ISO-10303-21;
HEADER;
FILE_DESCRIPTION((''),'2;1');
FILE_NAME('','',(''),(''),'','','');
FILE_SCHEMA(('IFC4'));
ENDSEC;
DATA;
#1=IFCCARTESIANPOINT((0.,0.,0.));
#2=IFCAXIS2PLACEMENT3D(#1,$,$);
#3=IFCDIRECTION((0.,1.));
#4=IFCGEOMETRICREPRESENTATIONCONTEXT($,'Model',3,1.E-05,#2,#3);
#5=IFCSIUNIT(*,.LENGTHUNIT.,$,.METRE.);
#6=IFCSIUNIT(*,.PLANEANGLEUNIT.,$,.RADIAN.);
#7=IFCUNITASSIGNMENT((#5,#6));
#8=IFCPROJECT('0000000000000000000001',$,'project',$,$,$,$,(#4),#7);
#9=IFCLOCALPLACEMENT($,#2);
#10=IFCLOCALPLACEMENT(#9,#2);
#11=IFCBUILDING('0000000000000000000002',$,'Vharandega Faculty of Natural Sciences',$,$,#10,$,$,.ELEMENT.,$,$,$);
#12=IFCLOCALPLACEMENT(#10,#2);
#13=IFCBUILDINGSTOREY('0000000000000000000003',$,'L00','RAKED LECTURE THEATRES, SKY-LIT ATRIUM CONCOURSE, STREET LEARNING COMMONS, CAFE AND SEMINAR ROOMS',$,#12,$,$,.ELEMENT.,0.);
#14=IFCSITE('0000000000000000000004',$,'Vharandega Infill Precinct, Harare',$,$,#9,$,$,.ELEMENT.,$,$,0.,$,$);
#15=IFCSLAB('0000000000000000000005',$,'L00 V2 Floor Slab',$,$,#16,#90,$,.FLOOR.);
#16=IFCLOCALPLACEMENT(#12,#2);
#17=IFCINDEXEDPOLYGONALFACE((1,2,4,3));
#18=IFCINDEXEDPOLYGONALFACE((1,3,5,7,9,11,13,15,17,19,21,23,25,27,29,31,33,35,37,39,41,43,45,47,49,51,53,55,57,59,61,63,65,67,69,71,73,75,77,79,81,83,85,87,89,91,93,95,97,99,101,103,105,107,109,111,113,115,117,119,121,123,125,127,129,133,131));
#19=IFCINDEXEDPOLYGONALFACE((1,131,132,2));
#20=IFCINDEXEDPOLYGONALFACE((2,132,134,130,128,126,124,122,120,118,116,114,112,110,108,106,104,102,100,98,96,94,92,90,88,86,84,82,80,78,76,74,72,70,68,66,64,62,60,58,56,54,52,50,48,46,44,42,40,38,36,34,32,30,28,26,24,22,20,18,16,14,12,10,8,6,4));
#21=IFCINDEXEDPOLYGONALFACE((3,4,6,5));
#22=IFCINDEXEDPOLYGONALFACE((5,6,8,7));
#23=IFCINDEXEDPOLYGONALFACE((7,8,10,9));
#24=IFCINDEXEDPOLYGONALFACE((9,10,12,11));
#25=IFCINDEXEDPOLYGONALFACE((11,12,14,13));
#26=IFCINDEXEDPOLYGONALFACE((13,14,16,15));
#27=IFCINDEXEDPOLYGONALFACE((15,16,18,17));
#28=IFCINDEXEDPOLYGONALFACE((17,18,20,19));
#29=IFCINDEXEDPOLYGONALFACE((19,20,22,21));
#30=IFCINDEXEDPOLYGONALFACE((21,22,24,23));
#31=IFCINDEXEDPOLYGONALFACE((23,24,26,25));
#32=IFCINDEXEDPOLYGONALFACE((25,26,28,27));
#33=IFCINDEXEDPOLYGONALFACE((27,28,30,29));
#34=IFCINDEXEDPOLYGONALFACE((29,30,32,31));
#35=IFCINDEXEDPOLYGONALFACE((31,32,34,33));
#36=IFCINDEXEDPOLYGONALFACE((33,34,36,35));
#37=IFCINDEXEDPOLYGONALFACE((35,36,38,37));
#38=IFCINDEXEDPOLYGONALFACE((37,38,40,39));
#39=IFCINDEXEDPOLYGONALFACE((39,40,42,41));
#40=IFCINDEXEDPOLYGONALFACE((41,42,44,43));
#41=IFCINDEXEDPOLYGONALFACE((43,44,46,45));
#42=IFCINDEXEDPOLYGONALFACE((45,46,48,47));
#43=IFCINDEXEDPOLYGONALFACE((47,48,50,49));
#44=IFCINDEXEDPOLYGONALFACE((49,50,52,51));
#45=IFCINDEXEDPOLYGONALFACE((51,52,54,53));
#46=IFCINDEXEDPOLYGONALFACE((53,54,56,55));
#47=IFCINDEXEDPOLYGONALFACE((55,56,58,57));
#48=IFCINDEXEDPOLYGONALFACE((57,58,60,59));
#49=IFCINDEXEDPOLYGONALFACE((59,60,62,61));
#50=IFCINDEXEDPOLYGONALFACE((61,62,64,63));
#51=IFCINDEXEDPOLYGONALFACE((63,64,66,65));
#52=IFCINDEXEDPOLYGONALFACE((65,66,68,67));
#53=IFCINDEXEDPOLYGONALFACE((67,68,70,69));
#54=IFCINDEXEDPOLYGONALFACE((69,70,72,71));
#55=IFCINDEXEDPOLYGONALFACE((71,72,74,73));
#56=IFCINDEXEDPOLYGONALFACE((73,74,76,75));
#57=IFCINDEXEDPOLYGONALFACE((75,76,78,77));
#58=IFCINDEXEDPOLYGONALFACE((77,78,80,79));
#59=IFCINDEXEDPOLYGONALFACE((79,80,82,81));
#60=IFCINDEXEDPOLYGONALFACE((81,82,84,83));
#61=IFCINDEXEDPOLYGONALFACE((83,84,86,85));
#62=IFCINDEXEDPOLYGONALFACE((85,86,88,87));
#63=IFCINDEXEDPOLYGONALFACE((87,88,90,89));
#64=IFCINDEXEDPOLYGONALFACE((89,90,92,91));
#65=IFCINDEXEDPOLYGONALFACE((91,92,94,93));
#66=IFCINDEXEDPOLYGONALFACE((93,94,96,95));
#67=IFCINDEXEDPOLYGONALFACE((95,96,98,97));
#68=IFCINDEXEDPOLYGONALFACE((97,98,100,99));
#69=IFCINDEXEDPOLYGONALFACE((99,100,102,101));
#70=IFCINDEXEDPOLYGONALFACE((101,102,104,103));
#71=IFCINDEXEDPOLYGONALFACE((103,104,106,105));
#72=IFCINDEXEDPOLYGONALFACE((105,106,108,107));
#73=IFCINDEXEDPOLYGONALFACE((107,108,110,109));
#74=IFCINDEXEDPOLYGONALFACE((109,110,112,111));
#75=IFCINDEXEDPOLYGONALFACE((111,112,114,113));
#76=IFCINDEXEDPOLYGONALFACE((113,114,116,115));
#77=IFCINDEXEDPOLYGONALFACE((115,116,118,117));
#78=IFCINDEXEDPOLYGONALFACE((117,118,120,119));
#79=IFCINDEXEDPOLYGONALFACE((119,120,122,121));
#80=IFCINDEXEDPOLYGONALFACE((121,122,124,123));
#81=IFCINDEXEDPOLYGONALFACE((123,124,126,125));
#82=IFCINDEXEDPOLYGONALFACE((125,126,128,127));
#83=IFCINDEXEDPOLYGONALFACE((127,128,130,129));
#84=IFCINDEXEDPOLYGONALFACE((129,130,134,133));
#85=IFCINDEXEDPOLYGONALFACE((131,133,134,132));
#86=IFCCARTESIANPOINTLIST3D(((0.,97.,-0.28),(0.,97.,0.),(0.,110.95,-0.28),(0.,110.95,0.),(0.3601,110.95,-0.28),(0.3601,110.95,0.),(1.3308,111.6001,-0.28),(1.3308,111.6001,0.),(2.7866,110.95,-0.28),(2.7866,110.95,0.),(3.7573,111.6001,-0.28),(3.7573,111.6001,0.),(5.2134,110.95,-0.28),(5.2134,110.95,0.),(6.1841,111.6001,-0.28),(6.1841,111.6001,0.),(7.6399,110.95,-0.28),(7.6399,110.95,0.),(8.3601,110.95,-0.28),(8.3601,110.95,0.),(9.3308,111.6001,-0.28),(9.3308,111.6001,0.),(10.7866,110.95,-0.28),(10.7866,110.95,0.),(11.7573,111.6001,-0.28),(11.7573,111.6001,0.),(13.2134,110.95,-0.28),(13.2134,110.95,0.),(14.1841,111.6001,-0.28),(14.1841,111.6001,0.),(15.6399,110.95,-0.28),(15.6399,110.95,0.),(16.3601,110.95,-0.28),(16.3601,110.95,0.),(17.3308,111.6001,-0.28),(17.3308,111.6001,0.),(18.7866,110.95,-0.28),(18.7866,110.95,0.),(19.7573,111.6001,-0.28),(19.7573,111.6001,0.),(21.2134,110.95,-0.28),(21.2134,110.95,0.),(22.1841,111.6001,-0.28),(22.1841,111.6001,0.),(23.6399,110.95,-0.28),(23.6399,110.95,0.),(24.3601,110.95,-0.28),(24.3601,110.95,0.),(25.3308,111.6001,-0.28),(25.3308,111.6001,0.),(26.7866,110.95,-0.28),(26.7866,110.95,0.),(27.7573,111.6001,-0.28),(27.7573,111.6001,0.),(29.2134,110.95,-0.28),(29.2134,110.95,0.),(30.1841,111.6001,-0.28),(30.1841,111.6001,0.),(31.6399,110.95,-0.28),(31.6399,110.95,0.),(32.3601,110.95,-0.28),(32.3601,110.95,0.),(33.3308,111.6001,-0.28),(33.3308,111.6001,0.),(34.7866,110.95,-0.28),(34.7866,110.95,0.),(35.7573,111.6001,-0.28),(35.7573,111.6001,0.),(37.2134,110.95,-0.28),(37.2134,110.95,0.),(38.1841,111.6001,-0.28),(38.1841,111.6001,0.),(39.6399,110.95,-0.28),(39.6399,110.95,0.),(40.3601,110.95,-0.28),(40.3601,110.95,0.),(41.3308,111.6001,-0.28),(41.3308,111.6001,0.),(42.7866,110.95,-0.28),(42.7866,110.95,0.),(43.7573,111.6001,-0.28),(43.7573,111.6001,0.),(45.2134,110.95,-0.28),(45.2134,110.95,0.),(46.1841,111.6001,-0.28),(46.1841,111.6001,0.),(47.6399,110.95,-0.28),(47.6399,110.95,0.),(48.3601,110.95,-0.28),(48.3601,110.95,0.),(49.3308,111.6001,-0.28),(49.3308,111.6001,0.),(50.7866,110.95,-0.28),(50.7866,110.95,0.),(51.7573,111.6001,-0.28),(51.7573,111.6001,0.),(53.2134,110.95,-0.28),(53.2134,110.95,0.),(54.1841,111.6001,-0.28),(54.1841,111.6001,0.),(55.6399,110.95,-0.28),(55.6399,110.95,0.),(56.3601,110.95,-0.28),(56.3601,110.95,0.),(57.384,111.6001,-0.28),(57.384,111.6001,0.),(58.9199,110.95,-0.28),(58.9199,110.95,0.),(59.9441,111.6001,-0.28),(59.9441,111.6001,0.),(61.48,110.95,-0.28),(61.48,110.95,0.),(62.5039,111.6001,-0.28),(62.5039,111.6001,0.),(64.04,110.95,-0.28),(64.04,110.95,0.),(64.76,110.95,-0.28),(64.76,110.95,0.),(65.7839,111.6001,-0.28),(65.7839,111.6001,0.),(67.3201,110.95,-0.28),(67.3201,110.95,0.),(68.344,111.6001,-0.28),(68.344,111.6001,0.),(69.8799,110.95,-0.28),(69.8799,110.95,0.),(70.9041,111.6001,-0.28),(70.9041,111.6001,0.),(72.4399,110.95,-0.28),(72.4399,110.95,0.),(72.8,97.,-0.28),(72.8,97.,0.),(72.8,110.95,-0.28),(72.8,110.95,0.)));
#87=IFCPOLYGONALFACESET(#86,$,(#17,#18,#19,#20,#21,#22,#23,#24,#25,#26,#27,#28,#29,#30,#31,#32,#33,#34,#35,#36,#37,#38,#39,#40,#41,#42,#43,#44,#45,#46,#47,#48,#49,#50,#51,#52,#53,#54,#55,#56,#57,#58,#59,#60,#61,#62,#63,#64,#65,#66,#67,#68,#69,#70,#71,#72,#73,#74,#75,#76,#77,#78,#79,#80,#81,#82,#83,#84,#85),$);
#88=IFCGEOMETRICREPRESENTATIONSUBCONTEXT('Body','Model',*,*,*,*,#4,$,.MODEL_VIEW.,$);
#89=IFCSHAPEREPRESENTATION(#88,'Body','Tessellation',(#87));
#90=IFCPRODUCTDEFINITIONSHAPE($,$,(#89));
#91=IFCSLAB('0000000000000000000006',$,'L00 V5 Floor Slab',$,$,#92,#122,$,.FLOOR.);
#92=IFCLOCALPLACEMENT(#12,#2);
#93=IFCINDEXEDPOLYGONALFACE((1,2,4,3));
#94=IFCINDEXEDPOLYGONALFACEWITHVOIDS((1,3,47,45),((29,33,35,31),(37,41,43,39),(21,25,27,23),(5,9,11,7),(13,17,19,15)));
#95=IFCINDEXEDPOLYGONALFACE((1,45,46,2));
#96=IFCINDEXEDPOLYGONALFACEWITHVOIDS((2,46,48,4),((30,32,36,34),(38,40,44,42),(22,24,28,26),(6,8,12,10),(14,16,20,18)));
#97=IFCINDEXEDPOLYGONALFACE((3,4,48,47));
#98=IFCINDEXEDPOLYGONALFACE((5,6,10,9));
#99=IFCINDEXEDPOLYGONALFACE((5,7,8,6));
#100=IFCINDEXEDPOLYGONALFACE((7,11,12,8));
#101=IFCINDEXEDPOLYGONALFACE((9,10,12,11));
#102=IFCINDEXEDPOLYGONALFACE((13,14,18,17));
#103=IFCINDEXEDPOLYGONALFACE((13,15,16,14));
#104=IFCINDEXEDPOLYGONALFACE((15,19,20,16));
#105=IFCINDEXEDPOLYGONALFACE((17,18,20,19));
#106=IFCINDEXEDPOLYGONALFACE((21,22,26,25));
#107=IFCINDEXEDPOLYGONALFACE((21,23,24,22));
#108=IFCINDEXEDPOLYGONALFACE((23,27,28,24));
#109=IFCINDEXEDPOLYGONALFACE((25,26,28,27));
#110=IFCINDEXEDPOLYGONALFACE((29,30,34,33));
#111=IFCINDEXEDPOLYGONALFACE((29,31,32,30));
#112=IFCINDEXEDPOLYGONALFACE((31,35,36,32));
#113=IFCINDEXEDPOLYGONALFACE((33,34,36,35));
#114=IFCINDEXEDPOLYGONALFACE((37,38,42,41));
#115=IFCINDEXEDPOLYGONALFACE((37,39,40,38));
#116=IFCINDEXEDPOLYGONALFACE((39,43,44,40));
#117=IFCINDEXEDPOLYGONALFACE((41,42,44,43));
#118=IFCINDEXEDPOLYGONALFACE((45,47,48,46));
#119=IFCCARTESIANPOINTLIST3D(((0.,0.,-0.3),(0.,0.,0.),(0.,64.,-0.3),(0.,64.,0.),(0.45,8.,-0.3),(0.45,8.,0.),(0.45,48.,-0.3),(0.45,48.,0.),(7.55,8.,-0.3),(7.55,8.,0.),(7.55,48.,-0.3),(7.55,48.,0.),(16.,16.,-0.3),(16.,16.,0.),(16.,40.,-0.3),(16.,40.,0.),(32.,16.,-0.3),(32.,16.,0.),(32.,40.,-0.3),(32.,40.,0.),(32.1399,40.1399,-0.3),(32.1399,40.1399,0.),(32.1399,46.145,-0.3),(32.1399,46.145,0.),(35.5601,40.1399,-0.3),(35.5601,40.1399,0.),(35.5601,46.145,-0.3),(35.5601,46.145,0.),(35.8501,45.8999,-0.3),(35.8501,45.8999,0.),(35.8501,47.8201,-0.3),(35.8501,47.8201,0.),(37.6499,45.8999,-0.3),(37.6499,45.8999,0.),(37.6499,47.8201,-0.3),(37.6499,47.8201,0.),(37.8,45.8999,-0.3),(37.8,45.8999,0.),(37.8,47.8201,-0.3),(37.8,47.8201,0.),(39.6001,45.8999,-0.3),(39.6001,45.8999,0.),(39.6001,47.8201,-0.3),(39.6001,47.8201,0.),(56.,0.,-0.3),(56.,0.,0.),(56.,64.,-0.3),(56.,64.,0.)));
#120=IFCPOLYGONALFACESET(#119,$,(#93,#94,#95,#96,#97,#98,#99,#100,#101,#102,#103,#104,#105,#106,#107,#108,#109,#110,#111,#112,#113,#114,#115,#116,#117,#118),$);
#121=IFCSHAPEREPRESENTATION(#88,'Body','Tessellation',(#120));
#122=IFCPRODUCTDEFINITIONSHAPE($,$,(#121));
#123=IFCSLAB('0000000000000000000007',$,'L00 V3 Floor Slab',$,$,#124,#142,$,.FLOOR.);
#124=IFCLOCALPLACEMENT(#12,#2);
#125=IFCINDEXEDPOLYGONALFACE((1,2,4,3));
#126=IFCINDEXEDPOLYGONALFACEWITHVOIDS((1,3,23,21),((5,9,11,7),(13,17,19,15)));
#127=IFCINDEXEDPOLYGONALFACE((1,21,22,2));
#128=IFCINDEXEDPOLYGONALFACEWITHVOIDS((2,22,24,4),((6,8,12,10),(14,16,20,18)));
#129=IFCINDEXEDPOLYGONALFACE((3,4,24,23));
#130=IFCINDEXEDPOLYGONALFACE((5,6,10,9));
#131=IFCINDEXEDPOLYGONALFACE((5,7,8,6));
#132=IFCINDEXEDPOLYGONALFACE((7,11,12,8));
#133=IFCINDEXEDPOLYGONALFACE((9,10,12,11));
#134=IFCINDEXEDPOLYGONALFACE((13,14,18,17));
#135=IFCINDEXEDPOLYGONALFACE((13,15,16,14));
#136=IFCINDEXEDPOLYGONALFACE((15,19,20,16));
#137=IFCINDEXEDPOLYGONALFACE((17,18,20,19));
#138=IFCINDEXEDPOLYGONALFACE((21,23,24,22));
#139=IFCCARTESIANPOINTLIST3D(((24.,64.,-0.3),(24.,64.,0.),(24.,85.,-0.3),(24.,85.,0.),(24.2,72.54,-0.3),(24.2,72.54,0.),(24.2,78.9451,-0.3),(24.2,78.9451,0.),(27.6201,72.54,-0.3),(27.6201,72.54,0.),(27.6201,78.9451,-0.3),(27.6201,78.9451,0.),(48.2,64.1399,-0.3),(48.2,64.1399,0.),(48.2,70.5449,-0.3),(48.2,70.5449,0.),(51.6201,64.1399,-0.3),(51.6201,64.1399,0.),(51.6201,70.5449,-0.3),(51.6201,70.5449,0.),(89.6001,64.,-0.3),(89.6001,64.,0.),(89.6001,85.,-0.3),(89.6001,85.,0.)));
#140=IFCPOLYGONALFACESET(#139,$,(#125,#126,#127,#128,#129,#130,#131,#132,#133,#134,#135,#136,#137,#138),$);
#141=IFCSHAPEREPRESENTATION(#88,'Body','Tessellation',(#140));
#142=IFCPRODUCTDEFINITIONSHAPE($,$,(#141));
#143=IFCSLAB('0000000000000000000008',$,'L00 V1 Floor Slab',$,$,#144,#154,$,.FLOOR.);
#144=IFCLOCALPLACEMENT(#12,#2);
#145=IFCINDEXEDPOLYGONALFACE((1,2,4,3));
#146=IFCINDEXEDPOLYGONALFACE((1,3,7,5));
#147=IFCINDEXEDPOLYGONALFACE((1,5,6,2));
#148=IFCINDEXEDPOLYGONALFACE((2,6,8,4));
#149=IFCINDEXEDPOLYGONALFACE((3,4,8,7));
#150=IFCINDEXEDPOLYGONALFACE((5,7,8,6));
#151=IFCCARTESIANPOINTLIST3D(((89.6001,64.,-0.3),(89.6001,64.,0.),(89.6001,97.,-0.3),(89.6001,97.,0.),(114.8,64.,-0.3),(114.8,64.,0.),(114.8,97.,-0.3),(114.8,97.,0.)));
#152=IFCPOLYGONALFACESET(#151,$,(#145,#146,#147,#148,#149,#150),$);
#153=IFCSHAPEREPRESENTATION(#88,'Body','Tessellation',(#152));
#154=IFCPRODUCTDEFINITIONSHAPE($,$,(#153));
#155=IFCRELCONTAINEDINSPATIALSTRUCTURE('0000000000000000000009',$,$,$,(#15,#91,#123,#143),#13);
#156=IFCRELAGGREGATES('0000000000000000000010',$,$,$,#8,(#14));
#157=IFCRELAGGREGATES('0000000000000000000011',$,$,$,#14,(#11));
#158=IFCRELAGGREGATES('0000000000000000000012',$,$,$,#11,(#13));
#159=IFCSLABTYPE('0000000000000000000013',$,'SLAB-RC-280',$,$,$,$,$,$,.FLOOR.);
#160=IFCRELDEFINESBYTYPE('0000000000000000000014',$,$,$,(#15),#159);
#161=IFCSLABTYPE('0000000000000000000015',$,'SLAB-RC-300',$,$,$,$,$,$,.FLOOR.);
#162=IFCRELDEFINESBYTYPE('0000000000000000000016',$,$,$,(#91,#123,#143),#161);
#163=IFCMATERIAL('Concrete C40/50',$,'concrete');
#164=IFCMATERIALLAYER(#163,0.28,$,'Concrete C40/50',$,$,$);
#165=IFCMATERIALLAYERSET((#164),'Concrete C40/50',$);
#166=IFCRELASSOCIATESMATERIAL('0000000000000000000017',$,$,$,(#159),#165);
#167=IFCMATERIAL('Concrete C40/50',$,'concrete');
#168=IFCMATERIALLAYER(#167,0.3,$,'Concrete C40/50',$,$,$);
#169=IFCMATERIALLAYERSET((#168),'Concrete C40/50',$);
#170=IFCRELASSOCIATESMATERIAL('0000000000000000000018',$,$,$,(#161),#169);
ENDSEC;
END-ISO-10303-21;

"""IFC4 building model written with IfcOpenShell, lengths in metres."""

from ifc_helpers import new_model, si_unit, direction, frame, origin, place, context, subcontext, project, spatial, polyline, outline, extrude, material, layer, layer_set, type_object, element, save


model = new_model("IFC4")

# Units and contexts
model_context = context("Model", 3, precision=1e-05, world=origin(), true_north=direction((0.0, 1.0)))
body_context = subcontext(model_context, "Body", "Model", "MODEL_VIEW")
ifc_project = project(units=[si_unit("LENGTHUNIT", "METRE"), si_unit("PLANEANGLEUNIT", "RADIAN")], contexts=[model_context])

# Site, building, storey
site_placement = place(None, origin())
site = spatial("IfcSite", under=ifc_project, at=site_placement, Name="Vharandega Infill Precinct, Harare", CompositionType="ELEMENT", RefElevation=0.0)
building_placement = place(site_placement, origin())
building = spatial("IfcBuilding", under=site, at=building_placement, Name="Vharandega Faculty of Natural Sciences", CompositionType="ELEMENT")
storey_placement = place(building_placement, origin())
storey = spatial("IfcBuildingStorey", under=building, at=storey_placement, Name="L00", Description="RAKED LECTURE THEATRES, SKY-LIT ATRIUM CONCOURSE, STREET LEARNING COMMONS, CAFE AND SEMINAR ROOMS", CompositionType="ELEMENT", Elevation=0.0)

# Slabs
ifc_material_1 = material(Name="Concrete C40/50", Category="concrete")
ifc_layer_1 = layer(ifc_material_1, 0.28, Name="Concrete C40/50")
ifc_layer_set_1 = layer_set([ifc_layer_1], Name="Concrete C40/50")
slab_type_1 = type_object("IfcSlabType", Name="SLAB-RC-280", PredefinedType="FLOOR", material=ifc_layer_set_1)
slab_1_placement = place(storey_placement, frame((0.0, 0.0, -0.28)))
element("IfcSlab", 1, at=slab_1_placement, inside=storey, type_object=slab_type_1, Name="L00 V2 Floor Slab", PredefinedType="FLOOR", context=body_context, shape_type="SweptSolid", body=[
    extrude(outline(polyline([(0.0, 97.0), (72.8, 97.0), (72.8, 110.95), (72.4399, 110.95), (70.9041, 111.6001), (69.8799, 110.95), (69.8799, 110.95), (68.344, 111.6001), (67.3201, 110.95), (67.3201, 110.95), (65.7839, 111.6001), (64.76, 110.95), (64.04, 110.95), (62.5039, 111.6001), (61.48, 110.95), (61.48, 110.95), (59.9441, 111.6001), (58.9199, 110.95), (58.9199, 110.95), (57.384, 111.6001), (56.3601, 110.95), (55.6399, 110.95), (54.1841, 111.6001), (53.2134, 110.95), (53.2134, 110.95), (51.7573, 111.6001), (50.7866, 110.95), (50.7866, 110.95), (49.3308, 111.6001), (48.3601, 110.95), (47.6399, 110.95), (46.1841, 111.6001), (45.2134, 110.95), (45.2134, 110.95), (43.7573, 111.6001), (42.7866, 110.95), (42.7866, 110.95), (41.3308, 111.6001), (40.3601, 110.95), (39.6399, 110.95), (38.1841, 111.6001), (37.2134, 110.95), (37.2134, 110.95), (35.7573, 111.6001), (34.7866, 110.95), (34.7866, 110.95), (33.3308, 111.6001), (32.3601, 110.95), (31.6399, 110.95), (30.1841, 111.6001), (29.2134, 110.95), (29.2134, 110.95), (27.7573, 111.6001), (26.7866, 110.95), (26.7866, 110.95), (25.3308, 111.6001), (24.3601, 110.95), (23.6399, 110.95), (22.1841, 111.6001), (21.2134, 110.95), (21.2134, 110.95), (19.7573, 111.6001), (18.7866, 110.95), (18.7866, 110.95), (17.3308, 111.6001), (16.3601, 110.95), (15.6399, 110.95), (14.1841, 111.6001), (13.2134, 110.95), (13.2134, 110.95), (11.7573, 111.6001), (10.7866, 110.95), (10.7866, 110.95), (9.3308, 111.6001), (8.3601, 110.95), (7.6399, 110.95), (6.1841, 111.6001), (5.2134, 110.95), (5.2134, 110.95), (3.7573, 111.6001), (2.7866, 110.95), (2.7866, 110.95), (1.3308, 111.6001), (0.3601, 110.95), (0.0, 110.95), (0.0, 97.0)])), origin(), (0.0, 0.0, 1.0), 0.28),
])
ifc_material_2 = material(Name="Concrete C40/50", Category="concrete")
ifc_layer_2 = layer(ifc_material_2, 0.3, Name="Concrete C40/50")
ifc_layer_set_2 = layer_set([ifc_layer_2], Name="Concrete C40/50")
slab_type_2 = type_object("IfcSlabType", Name="SLAB-RC-300", PredefinedType="FLOOR", material=ifc_layer_set_2)
slab_2_placement = place(storey_placement, frame((0.0, 0.0, -0.3)))
element("IfcSlab", 2, at=slab_2_placement, inside=storey, type_object=slab_type_2, Name="L00 V5 Floor Slab", PredefinedType="FLOOR", context=body_context, shape_type="SweptSolid", body=[
    extrude(outline(polyline([(0.0, 0.0), (56.0, 0.0), (56.0, 64.0), (0.0, 64.0), (0.0, 0.0)]), holes=[polyline([(16.0, 16.0), (32.0, 16.0), (32.0, 40.0), (16.0, 40.0), (16.0, 16.0)]), polyline([(0.45, 8.0), (7.55, 8.0), (7.55, 48.0), (0.45, 48.0), (0.45, 8.0)]), polyline([(32.1399, 46.145), (32.1399, 40.1399), (35.5601, 40.1399), (35.5601, 46.145), (32.1399, 46.145)]), polyline([(35.8501, 45.8999), (37.6499, 45.8999), (37.6499, 47.8201), (35.8501, 47.8201), (35.8501, 45.8999)]), polyline([(37.8, 45.8999), (39.6001, 45.8999), (39.6001, 47.8201), (37.8, 47.8201), (37.8, 45.8999)])]), origin(), (0.0, 0.0, 1.0), 0.3),
])
slab_3_placement = place(storey_placement, frame((0.0, 0.0, -0.3)))
element("IfcSlab", 3, at=slab_3_placement, inside=storey, type_object=slab_type_2, Name="L00 V3 Floor Slab", PredefinedType="FLOOR", context=body_context, shape_type="SweptSolid", body=[
    extrude(outline(polyline([(24.0, 64.0), (89.6001, 64.0), (89.6001, 85.0), (24.0, 85.0), (24.0, 64.0)]), holes=[polyline([(48.2, 70.5449), (48.2, 64.1399), (51.6201, 64.1399), (51.6201, 70.5449), (48.2, 70.5449)]), polyline([(24.2, 78.9451), (24.2, 72.54), (27.6201, 72.54), (27.6201, 78.9451), (24.2, 78.9451)])]), origin(), (0.0, 0.0, 1.0), 0.3),
])
slab_4_placement = place(storey_placement, frame((0.0, 0.0, -0.3)))
element("IfcSlab", 4, at=slab_4_placement, inside=storey, type_object=slab_type_2, Name="L00 V1 Floor Slab", PredefinedType="FLOOR", context=body_context, shape_type="SweptSolid", body=[
    extrude(outline(polyline([(89.6001, 64.0), (114.8, 64.0), (114.8, 97.0), (89.6001, 97.0), (89.6001, 64.0)])), origin(), (0.0, 0.0, 1.0), 0.3),
])

save(model, "model.ifc")
